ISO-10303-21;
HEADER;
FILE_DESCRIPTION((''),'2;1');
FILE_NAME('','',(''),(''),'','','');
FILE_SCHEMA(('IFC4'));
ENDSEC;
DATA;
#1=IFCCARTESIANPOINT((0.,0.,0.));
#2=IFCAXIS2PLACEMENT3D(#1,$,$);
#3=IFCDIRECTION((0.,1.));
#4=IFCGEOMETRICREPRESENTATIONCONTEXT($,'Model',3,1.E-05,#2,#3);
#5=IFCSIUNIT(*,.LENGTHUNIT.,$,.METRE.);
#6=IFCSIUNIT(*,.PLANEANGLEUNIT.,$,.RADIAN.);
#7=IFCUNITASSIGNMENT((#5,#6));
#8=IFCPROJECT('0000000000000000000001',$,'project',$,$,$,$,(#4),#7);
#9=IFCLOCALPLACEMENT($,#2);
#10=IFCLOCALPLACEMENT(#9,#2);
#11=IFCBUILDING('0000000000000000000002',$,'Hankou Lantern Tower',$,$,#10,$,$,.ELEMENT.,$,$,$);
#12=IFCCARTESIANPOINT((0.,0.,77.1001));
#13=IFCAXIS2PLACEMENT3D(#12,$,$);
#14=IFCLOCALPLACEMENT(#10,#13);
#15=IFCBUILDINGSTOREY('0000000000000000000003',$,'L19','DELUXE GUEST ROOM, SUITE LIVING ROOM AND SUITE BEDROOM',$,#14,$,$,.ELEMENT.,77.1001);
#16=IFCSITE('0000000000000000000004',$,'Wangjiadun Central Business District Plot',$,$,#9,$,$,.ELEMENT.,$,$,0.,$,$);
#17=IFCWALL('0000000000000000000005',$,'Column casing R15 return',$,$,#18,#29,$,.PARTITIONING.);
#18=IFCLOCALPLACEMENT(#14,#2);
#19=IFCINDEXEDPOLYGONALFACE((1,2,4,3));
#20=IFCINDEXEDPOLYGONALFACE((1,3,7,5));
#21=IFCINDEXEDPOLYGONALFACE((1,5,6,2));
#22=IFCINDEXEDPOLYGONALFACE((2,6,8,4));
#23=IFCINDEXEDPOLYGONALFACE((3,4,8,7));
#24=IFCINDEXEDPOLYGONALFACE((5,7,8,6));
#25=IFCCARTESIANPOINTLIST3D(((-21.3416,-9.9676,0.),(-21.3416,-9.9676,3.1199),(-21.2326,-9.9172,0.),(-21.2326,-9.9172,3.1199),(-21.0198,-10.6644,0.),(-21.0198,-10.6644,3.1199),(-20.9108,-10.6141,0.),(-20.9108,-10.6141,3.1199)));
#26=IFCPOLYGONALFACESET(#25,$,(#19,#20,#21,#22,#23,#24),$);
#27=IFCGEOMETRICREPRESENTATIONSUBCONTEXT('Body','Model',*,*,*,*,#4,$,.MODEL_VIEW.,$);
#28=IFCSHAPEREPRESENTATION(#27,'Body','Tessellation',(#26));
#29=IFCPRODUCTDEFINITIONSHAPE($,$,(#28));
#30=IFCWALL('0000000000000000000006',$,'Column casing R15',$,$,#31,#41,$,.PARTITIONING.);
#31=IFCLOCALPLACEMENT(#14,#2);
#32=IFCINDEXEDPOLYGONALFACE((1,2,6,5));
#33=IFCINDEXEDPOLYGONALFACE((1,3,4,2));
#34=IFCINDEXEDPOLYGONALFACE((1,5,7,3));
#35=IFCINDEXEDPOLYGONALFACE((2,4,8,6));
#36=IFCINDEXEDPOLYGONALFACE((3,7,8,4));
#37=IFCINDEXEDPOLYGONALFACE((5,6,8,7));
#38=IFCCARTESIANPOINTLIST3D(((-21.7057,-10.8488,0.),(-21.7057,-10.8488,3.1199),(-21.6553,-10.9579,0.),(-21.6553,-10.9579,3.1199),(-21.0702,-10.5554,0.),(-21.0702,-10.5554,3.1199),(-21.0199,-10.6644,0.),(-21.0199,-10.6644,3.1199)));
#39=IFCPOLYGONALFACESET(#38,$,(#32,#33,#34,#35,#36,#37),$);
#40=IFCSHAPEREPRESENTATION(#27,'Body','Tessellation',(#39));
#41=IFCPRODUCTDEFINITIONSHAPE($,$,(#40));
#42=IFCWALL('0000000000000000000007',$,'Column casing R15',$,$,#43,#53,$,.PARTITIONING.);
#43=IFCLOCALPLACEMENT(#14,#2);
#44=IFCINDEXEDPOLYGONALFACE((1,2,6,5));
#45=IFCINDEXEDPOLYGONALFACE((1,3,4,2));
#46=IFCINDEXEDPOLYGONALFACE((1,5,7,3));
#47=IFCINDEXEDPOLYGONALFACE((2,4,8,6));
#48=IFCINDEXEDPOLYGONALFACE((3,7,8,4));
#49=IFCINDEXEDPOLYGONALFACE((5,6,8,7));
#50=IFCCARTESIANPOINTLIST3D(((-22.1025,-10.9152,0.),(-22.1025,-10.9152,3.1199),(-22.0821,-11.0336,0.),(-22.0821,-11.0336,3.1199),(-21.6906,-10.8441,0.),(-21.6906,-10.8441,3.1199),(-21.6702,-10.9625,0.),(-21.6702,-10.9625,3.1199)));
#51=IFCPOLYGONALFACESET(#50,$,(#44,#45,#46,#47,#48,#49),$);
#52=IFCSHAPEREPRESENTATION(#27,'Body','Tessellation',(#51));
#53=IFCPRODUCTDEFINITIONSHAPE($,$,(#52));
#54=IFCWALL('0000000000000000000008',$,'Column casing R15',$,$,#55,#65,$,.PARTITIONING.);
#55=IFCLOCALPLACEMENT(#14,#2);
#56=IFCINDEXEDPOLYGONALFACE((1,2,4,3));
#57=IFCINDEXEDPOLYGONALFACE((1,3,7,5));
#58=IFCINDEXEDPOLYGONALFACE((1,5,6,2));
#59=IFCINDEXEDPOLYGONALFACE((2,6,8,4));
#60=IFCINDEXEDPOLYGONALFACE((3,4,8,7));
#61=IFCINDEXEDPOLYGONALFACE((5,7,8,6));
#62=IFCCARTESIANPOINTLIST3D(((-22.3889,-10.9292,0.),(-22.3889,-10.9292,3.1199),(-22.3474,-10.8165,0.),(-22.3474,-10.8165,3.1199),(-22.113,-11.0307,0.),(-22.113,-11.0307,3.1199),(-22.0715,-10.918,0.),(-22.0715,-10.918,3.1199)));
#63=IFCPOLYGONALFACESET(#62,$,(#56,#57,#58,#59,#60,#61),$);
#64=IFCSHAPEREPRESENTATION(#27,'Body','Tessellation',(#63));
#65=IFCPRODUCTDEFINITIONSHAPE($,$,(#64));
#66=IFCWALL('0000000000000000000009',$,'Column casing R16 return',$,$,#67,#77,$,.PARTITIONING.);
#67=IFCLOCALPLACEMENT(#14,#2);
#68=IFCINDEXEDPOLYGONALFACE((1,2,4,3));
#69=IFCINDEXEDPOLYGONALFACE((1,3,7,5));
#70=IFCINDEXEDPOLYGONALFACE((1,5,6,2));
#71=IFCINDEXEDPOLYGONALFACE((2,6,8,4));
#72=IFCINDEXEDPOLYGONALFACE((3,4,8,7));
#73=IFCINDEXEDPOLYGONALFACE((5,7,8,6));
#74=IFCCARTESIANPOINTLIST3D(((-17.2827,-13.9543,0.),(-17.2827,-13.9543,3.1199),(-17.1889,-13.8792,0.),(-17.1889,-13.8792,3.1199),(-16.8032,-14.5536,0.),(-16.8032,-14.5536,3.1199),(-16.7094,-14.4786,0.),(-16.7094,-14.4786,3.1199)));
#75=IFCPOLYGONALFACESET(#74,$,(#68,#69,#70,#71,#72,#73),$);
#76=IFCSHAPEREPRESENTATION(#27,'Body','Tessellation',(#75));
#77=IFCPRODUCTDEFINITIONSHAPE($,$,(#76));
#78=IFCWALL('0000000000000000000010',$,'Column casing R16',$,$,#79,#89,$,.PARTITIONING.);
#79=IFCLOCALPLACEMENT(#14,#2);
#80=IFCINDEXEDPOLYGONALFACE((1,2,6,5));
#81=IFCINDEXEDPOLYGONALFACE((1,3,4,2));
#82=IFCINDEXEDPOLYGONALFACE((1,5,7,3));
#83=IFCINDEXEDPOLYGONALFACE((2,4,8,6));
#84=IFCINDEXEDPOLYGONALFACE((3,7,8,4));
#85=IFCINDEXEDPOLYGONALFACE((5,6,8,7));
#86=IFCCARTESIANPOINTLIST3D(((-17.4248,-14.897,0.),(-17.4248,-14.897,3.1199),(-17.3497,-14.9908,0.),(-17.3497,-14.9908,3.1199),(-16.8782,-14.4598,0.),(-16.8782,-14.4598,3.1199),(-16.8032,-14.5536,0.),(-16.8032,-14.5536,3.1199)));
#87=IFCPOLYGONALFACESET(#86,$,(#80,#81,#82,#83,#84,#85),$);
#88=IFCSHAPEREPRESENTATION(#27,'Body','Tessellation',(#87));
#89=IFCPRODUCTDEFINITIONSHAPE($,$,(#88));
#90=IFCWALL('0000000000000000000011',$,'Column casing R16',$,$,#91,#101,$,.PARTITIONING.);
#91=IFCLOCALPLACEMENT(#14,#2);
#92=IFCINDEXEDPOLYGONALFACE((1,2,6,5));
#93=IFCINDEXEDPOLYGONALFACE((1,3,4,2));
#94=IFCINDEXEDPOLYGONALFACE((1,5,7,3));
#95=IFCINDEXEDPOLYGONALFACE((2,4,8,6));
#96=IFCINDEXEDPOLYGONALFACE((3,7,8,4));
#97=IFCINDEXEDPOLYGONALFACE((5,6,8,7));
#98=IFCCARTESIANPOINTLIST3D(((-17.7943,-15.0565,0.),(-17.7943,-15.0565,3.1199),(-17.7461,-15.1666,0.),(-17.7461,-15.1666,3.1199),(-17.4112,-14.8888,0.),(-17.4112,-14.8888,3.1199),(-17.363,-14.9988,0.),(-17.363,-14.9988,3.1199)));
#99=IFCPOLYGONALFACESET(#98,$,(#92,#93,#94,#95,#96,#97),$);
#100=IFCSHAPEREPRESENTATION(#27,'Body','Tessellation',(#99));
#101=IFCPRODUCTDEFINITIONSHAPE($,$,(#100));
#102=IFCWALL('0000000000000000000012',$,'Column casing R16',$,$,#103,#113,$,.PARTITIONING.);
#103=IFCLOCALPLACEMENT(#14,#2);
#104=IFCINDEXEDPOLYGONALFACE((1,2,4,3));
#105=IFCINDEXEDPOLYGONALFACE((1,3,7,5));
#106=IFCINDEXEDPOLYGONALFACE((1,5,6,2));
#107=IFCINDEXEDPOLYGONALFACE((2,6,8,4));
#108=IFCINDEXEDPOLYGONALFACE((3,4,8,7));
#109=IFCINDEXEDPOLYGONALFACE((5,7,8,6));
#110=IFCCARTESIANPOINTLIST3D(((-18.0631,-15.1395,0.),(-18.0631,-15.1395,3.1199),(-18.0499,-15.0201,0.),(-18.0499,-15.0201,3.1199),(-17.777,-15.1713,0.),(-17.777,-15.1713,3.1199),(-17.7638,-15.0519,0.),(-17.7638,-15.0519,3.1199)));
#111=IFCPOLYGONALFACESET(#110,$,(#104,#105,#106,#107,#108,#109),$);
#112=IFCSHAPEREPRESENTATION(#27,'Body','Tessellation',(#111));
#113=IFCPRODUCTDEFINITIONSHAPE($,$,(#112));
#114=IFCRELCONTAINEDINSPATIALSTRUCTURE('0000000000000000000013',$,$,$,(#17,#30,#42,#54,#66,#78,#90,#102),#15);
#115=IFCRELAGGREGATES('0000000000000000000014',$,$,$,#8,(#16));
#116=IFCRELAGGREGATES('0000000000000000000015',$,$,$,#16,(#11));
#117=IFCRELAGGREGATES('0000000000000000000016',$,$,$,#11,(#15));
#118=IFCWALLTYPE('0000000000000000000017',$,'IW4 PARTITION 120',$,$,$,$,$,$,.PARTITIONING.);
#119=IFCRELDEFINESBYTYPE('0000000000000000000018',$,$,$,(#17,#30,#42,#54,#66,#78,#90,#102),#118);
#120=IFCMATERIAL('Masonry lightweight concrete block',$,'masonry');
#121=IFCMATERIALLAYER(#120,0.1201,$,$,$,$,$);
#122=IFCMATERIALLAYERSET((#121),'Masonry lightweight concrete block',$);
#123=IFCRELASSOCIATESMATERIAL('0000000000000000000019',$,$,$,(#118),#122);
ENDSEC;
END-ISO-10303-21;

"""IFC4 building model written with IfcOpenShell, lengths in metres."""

from ifc_helpers import new_model, si_unit, direction, frame, frame_2d, origin, place, context, subcontext, project, spatial, rectangle, extrude, material, layer, layer_set, type_object, element, save


model = new_model("IFC4")

# Units and contexts
model_context = context("Model", 3, precision=1e-05, world=origin(), true_north=direction((0.0, 1.0)))
body_context = subcontext(model_context, "Body", "Model", "MODEL_VIEW")
ifc_project = project(units=[si_unit("LENGTHUNIT", "METRE"), si_unit("PLANEANGLEUNIT", "RADIAN")], contexts=[model_context])

# Site, building, storey
site_placement = place(None, origin())
site = spatial("IfcSite", under=ifc_project, at=site_placement, Name="Wangjiadun Central Business District Plot", CompositionType="ELEMENT", RefElevation=0.0)
building_placement = place(site_placement, origin())
building = spatial("IfcBuilding", under=site, at=building_placement, Name="Hankou Lantern Tower", CompositionType="ELEMENT")
storey_placement = place(building_placement, frame((0.0, 0.0, 77.1001)))
storey = spatial("IfcBuildingStorey", under=building, at=storey_placement, Name="L19", Description="DELUXE GUEST ROOM, SUITE LIVING ROOM AND SUITE BEDROOM", CompositionType="ELEMENT", Elevation=77.1001)

# Walls
ifc_material_1 = material(Name="Masonry lightweight concrete block", Category="masonry")
ifc_layer_1 = layer(ifc_material_1, 0.1201)
ifc_layer_set_1 = layer_set([ifc_layer_1], Name="Masonry lightweight concrete block")
wall_type_1 = type_object("IfcWallType", Name="IW4 PARTITION 120", PredefinedType="PARTITIONING", material=ifc_layer_set_1)
wall_1_placement = place(storey_placement, frame((-21.2871, -9.9424, 0.0), z_axis=(0.0, 0.0, 1.0), x_axis=(0.41926, -0.907866, 0.0)))
element("IfcWall", 1, at=wall_1_placement, inside=storey, type_object=wall_type_1, Name="Column casing R15 return", PredefinedType="PARTITIONING", context=body_context, shape_type="SweptSolid", body=[
    extrude(rectangle(XDim=0.7676, YDim=0.1201, at=frame_2d((0.3838, 0.0))), origin(), (0.0, 0.0, 1.0), 3.1199),
])
wall_2_placement = place(storey_placement, frame((-21.0449, -10.6099, 0.0), z_axis=(0.0, 0.0, 1.0), x_axis=(-0.907878, -0.419235, 0.0)))
element("IfcWall", 2, at=wall_2_placement, inside=storey, type_object=wall_type_1, Name="Column casing R15", PredefinedType="PARTITIONING", context=body_context, shape_type="SweptSolid", body=[
    extrude(rectangle(XDim=0.7, YDim=0.1201, at=frame_2d((0.3501, 0.0))), origin(), (0.0, 0.0, 1.0), 3.1199),
])
wall_3_placement = place(storey_placement, frame((-21.6804, -10.9033, 0.0), z_axis=(0.0, 0.0, 1.0), x_axis=(-0.985447, -0.169985, 0.0)))
element("IfcWall", 3, at=wall_3_placement, inside=storey, type_object=wall_type_1, Name="Column casing R15", PredefinedType="PARTITIONING", context=body_context, shape_type="SweptSolid", body=[
    extrude(rectangle(XDim=0.418, YDim=0.1201, at=frame_2d((0.209, 0.0))), origin(), (0.0, 0.0, 1.0), 3.1199),
])
wall_4_placement = place(storey_placement, frame((-22.0923, -10.9744, 0.0), z_axis=(0.0, 0.0, 1.0), x_axis=(-0.938428, 0.345474, 0.0)))
element("IfcWall", 4, at=wall_4_placement, inside=storey, type_object=wall_type_1, Name="Column casing R15", PredefinedType="PARTITIONING", context=body_context, shape_type="SweptSolid", body=[
    extrude(rectangle(XDim=0.2939, YDim=0.1201, at=frame_2d((0.147, 0.0))), origin(), (0.0, 0.0, 1.0), 3.1199),
])
wall_5_placement = place(storey_placement, frame((-17.2358, -13.9167, 0.0), z_axis=(0.0, 0.0, 1.0), x_axis=(0.624695, -0.780869, 0.0)))
element("IfcWall", 5, at=wall_5_placement, inside=storey, type_object=wall_type_1, Name="Column casing R16 return", PredefinedType="PARTITIONING", context=body_context, shape_type="SweptSolid", body=[
    extrude(rectangle(XDim=0.7676, YDim=0.1201, at=frame_2d((0.3838, 0.0))), origin(), (0.0, 0.0, 1.0), 3.1199),
])
wall_6_placement = place(storey_placement, frame((-16.8406, -14.5066, 0.0), z_axis=(0.0, 0.0, 1.0), x_axis=(-0.780903, -0.624653, 0.0)))
element("IfcWall", 6, at=wall_6_placement, inside=storey, type_object=wall_type_1, Name="Column casing R16", PredefinedType="PARTITIONING", context=body_context, shape_type="SweptSolid", body=[
    extrude(rectangle(XDim=0.7, YDim=0.1201, at=frame_2d((0.3501, 0.0))), origin(), (0.0, 0.0, 1.0), 3.1199),
])
wall_7_placement = place(storey_placement, frame((-17.3872, -14.9438, 0.0), z_axis=(0.0, 0.0, 1.0), x_axis=(-0.916037, -0.401094, 0.0)))
element("IfcWall", 7, at=wall_7_placement, inside=storey, type_object=wall_type_1, Name="Column casing R16", PredefinedType="PARTITIONING", context=body_context, shape_type="SweptSolid", body=[
    extrude(rectangle(XDim=0.4182, YDim=0.1201, at=frame_2d((0.209, 0.0))), origin(), (0.0, 0.0, 1.0), 3.1199),
])
wall_8_placement = place(storey_placement, frame((-17.7703, -15.1116, 0.0), z_axis=(0.0, 0.0, 1.0), x_axis=(-0.993904, 0.110245, 0.0)))
element("IfcWall", 8, at=wall_8_placement, inside=storey, type_object=wall_type_1, Name="Column casing R16", PredefinedType="PARTITIONING", context=body_context, shape_type="SweptSolid", body=[
    extrude(rectangle(XDim=0.2878, YDim=0.1201, at=frame_2d((0.144, 0.0))), origin(), (0.0, 0.0, 1.0), 3.1199),
])

save(model, "model.ifc")
